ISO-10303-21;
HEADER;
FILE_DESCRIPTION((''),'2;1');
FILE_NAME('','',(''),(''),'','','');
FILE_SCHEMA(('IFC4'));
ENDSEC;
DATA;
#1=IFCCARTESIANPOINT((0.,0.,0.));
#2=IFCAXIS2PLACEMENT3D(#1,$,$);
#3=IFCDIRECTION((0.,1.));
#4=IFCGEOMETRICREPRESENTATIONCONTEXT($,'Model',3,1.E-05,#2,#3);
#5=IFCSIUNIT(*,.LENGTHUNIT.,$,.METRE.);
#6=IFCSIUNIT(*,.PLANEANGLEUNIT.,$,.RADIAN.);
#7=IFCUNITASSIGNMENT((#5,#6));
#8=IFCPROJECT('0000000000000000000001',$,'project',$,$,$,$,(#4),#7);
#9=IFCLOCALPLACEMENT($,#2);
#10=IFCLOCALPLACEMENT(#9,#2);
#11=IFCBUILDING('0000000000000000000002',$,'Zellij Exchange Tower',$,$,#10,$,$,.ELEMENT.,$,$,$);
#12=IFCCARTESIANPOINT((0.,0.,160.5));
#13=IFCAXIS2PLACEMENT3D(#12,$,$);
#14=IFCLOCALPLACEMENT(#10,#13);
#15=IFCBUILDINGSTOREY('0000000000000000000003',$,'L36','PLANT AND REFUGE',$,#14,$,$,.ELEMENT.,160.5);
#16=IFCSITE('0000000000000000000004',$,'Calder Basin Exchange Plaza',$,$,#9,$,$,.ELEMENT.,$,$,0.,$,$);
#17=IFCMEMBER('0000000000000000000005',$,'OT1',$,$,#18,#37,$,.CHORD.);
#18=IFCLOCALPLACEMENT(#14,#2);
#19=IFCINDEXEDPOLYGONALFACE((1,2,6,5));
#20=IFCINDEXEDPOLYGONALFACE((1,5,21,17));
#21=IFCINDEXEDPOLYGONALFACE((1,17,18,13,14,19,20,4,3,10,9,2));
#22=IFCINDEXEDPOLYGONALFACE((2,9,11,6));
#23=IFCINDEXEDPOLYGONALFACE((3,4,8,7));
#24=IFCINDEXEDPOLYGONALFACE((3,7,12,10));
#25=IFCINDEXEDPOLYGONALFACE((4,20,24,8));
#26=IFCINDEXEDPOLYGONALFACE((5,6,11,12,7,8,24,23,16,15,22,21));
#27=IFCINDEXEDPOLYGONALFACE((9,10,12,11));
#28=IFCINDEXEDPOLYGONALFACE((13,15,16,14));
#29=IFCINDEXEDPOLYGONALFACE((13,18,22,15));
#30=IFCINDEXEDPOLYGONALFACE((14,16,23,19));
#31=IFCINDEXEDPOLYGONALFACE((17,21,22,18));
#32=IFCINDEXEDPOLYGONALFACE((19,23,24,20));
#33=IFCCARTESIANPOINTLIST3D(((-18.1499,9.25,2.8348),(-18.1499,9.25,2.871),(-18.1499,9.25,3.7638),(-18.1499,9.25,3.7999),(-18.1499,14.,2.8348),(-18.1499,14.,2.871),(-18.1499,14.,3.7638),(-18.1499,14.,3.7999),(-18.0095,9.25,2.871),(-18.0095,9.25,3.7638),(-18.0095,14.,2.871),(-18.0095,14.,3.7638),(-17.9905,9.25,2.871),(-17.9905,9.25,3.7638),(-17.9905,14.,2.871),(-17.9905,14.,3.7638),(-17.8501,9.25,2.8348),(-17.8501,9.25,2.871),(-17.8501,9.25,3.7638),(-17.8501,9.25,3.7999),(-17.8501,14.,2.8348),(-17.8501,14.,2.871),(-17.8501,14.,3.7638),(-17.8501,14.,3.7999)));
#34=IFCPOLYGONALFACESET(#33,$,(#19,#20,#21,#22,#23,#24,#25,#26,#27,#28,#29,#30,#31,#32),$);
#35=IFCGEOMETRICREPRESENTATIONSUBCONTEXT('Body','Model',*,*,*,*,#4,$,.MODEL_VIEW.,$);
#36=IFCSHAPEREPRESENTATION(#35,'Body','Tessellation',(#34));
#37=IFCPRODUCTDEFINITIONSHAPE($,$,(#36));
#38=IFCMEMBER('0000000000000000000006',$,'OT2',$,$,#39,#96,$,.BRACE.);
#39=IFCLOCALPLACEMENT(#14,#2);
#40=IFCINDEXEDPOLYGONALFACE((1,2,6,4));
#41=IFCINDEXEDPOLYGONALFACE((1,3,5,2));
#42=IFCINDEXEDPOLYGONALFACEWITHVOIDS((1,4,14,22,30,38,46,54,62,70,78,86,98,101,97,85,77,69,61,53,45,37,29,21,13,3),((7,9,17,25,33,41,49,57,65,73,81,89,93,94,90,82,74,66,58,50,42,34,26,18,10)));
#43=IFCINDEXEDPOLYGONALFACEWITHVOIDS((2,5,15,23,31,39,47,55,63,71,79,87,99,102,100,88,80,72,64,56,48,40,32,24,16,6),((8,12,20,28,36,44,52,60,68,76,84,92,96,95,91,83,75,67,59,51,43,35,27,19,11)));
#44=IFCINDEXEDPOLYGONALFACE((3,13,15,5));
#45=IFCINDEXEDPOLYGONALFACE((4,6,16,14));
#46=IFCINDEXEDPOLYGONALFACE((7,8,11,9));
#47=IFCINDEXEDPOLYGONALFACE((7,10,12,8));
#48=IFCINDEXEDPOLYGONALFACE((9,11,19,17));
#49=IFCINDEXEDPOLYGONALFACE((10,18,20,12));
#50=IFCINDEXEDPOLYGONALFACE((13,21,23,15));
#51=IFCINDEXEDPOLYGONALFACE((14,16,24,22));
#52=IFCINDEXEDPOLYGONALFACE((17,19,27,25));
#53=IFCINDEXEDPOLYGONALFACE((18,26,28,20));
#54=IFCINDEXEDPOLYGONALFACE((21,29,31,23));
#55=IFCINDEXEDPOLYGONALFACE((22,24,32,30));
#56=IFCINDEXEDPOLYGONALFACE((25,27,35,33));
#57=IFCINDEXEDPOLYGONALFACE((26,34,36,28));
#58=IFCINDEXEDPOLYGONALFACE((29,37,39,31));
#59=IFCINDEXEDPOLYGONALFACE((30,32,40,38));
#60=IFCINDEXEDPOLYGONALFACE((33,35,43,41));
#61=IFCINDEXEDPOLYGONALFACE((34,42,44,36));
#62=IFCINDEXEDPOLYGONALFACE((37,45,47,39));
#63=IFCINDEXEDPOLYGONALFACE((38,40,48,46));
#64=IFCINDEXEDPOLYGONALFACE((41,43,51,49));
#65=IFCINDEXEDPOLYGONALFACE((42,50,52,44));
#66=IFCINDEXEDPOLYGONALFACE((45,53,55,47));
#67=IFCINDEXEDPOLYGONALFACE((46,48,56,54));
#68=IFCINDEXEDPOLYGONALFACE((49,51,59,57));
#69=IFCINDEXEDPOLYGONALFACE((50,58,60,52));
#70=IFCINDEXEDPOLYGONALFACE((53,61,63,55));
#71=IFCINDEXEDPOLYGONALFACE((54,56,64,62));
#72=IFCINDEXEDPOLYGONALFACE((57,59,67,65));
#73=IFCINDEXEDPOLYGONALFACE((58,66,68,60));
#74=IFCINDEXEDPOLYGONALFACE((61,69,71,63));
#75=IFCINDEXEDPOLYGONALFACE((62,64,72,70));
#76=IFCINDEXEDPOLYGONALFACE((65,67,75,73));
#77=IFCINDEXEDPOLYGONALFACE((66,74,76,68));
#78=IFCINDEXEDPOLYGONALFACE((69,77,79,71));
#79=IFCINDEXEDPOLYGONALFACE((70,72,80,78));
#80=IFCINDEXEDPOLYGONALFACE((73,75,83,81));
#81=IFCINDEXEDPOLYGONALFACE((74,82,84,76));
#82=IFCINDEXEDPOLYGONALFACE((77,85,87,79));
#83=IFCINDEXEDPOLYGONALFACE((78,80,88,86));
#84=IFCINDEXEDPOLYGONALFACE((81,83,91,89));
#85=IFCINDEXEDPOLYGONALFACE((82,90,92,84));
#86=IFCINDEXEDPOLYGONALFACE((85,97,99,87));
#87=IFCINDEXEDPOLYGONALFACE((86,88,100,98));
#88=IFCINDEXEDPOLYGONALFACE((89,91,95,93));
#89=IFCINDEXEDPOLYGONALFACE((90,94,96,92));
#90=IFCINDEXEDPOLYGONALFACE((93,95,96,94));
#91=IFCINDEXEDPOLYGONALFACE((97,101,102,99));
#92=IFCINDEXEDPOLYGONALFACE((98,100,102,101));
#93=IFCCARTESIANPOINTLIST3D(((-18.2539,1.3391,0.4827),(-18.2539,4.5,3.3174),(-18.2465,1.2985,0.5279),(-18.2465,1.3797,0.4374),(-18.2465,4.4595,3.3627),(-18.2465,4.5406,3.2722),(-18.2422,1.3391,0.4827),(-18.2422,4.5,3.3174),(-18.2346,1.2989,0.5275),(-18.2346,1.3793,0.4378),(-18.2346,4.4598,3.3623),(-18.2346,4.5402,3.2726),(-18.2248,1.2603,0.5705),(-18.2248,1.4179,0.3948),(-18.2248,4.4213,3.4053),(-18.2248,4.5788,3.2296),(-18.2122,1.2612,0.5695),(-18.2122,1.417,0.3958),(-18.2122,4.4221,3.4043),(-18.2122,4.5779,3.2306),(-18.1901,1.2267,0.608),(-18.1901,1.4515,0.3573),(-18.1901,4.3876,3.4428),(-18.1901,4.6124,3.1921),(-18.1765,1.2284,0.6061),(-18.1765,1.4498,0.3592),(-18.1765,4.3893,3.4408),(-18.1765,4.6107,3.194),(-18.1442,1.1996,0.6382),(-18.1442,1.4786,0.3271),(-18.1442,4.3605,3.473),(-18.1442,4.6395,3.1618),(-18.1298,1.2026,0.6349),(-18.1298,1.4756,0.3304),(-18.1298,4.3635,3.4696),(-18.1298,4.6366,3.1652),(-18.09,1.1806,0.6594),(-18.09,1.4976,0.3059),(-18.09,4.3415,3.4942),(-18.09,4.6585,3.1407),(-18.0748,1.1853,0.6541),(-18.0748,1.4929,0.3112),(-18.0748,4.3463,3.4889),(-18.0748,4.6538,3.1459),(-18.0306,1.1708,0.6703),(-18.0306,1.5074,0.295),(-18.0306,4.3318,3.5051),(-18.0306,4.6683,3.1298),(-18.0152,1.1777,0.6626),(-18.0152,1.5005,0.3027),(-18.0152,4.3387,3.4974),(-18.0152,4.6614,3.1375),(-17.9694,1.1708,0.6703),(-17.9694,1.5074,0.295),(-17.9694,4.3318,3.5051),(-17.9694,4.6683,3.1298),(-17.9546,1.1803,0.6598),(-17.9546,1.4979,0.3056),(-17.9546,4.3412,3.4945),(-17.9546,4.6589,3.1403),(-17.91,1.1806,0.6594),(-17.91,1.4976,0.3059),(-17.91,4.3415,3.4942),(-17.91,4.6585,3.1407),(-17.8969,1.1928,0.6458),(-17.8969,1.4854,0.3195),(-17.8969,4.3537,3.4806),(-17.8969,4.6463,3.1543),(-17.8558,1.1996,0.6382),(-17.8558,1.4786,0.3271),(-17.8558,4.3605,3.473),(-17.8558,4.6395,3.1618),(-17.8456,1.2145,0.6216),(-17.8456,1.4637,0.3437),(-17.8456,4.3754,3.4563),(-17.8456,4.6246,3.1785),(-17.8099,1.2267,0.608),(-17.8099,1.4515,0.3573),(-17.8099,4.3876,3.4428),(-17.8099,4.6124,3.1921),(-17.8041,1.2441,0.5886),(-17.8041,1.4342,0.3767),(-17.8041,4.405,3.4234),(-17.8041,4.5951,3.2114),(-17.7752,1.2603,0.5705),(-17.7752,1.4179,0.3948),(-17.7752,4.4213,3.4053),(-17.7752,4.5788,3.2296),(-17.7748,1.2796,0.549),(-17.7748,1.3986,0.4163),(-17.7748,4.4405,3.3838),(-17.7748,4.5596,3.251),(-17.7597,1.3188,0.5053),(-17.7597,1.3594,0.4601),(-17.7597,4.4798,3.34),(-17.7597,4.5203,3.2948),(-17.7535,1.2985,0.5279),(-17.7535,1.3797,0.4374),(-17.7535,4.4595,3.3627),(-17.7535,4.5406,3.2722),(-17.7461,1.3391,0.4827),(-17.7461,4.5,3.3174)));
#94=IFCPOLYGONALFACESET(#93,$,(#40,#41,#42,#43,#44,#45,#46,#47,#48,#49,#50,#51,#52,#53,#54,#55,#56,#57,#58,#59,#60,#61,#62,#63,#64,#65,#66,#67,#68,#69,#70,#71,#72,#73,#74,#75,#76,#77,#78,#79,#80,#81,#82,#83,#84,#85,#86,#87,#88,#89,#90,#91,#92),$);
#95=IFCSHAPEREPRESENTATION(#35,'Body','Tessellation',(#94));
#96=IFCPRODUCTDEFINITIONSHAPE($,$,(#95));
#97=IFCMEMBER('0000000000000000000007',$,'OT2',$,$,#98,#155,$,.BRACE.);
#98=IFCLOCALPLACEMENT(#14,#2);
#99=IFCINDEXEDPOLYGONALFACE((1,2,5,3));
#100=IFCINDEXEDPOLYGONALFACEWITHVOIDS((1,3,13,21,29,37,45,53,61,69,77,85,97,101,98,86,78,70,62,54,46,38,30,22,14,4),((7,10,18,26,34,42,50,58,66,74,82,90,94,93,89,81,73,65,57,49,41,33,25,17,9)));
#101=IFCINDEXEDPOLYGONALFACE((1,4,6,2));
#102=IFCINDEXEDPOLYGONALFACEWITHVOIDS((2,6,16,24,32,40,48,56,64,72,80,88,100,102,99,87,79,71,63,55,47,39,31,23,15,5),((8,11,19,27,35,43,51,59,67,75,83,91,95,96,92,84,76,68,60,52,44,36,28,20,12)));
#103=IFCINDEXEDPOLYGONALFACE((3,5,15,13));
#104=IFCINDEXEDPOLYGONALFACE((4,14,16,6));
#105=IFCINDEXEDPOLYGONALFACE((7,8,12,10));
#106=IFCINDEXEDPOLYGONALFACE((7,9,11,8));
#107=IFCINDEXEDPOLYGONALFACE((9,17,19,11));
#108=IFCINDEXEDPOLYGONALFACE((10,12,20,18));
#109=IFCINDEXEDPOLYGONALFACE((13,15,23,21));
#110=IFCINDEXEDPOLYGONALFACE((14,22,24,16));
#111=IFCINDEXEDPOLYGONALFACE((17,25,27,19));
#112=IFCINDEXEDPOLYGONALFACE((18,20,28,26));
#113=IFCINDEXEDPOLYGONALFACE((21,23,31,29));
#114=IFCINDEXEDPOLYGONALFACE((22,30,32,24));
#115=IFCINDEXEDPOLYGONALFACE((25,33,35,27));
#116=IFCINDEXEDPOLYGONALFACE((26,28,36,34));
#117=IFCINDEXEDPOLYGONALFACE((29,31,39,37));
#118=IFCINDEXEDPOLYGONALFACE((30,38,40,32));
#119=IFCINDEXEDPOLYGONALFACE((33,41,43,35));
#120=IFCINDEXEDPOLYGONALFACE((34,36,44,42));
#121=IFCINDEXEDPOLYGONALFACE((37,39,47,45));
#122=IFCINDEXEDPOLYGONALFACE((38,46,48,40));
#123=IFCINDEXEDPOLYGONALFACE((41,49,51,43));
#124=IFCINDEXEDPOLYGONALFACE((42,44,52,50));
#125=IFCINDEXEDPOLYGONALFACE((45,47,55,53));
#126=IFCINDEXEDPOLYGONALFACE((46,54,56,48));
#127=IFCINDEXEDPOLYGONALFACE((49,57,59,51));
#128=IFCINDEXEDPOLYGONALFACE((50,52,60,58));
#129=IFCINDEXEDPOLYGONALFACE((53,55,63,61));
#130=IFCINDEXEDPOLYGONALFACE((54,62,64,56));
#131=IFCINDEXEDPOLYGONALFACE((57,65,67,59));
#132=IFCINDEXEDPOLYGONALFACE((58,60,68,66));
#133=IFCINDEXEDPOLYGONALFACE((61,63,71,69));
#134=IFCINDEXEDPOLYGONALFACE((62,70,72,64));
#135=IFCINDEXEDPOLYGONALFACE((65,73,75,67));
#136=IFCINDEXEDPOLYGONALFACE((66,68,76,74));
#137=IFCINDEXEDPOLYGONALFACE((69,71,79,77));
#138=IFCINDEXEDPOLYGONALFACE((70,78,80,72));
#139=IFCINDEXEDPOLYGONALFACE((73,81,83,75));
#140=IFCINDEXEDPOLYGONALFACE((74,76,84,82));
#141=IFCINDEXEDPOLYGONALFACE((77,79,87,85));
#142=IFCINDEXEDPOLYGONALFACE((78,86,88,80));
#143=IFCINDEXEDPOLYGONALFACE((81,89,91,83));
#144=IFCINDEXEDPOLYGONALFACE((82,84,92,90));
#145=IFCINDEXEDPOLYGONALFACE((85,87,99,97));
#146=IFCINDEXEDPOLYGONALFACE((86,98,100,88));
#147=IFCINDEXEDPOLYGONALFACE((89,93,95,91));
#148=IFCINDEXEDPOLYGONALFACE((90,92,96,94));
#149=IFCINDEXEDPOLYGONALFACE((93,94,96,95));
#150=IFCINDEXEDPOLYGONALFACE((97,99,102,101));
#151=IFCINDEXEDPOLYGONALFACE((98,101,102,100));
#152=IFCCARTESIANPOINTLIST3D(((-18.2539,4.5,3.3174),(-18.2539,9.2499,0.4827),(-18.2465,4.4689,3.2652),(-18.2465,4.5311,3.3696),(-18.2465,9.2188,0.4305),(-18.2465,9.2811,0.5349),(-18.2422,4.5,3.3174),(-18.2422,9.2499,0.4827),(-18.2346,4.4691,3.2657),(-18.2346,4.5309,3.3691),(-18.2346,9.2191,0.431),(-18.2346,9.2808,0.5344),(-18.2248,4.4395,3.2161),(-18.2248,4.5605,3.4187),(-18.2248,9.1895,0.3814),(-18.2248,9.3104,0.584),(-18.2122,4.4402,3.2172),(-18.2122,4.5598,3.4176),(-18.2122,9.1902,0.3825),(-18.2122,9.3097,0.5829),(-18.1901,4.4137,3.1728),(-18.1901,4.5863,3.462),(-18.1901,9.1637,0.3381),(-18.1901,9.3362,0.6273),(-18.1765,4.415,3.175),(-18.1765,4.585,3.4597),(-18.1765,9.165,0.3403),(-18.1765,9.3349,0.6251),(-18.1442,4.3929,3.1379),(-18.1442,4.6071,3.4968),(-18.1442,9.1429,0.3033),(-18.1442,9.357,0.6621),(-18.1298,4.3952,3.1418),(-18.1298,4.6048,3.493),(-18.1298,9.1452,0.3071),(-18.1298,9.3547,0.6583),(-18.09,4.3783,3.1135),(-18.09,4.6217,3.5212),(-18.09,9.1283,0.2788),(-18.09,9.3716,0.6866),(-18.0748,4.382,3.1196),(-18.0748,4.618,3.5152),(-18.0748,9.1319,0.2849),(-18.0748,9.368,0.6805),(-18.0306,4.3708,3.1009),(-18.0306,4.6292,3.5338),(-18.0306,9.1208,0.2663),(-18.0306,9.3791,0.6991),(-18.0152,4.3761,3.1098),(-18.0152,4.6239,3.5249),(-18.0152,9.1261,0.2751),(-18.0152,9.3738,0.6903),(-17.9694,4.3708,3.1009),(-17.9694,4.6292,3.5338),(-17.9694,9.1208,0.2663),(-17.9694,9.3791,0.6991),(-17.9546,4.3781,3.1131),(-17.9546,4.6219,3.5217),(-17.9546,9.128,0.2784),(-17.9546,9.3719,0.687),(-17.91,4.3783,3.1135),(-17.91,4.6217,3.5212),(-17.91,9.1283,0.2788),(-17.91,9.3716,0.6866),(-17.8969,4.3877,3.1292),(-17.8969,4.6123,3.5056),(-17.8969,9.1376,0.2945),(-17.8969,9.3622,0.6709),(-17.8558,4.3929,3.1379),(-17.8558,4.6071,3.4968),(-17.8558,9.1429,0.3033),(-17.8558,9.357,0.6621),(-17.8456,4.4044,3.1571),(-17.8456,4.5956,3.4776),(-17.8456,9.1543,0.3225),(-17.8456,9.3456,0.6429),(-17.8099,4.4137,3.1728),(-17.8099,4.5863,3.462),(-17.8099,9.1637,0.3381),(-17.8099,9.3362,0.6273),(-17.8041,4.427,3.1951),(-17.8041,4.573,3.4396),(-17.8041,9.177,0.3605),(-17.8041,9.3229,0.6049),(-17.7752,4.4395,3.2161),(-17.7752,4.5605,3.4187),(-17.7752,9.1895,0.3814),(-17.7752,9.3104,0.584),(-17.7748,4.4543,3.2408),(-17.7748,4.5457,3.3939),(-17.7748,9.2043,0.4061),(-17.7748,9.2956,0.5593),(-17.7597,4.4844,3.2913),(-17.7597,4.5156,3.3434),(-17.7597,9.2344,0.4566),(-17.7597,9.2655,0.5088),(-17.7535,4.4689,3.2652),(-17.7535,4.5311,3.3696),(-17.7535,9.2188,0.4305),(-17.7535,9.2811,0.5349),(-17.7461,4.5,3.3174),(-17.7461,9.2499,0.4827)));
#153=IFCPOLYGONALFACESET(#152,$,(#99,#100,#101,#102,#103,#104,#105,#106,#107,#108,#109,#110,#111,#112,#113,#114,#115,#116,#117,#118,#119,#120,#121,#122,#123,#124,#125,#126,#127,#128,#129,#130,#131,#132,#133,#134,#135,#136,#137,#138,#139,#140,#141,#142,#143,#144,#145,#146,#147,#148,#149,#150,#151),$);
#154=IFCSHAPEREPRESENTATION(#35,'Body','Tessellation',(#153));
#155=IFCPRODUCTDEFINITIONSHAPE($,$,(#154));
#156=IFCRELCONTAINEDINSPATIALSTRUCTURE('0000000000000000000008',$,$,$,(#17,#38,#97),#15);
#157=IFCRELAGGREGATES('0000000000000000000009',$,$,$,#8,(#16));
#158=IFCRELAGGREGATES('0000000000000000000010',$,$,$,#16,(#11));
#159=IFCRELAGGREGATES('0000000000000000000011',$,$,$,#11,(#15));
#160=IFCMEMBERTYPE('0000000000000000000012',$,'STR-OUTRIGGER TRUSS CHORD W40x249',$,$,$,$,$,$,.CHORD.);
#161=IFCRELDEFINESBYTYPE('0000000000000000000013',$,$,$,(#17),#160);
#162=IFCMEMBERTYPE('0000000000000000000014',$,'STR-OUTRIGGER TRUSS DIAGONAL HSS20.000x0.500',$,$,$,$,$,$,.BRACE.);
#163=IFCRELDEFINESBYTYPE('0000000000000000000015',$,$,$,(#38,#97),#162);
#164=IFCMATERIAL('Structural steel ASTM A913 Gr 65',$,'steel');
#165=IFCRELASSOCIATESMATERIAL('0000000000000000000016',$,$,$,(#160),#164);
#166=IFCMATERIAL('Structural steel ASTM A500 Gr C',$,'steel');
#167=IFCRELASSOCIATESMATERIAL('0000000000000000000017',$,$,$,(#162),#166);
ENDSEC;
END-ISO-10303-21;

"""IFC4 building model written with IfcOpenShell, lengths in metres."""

from ifc_helpers import new_model, si_unit, direction, frame, origin, origin_2d, place, context, subcontext, project, spatial, hollow_circle, i_section, extrude, material, material_profile, profile_set, type_object, element, save


model = new_model("IFC4")

# Units and contexts
model_context = context("Model", 3, precision=1e-05, world=origin(), true_north=direction((0.0, 1.0)))
body_context = subcontext(model_context, "Body", "Model", "MODEL_VIEW")
ifc_project = project(units=[si_unit("LENGTHUNIT", "METRE"), si_unit("PLANEANGLEUNIT", "RADIAN")], contexts=[model_context])

# Site, building, storey
site_placement = place(None, origin())
site = spatial("IfcSite", under=ifc_project, at=site_placement, Name="Calder Basin Exchange Plaza", CompositionType="ELEMENT", RefElevation=0.0)
building_placement = place(site_placement, origin())
building = spatial("IfcBuilding", under=site, at=building_placement, Name="Zellij Exchange Tower", CompositionType="ELEMENT")
storey_placement = place(building_placement, frame((0.0, 0.0, 160.5)))
storey = spatial("IfcBuildingStorey", under=building, at=storey_placement, Name="L36", Description="PLANT AND REFUGE", CompositionType="ELEMENT", Elevation=160.5)

# Shared definitions
ifc_material_1 = material(Name="Structural steel ASTM A913 Gr 65", Category="steel")

# Members
ifc_material_profile_1 = material_profile(ifc_material_1, i_section(OverallWidth=0.2998, OverallDepth=0.9651, WebThickness=0.019, FlangeThickness=0.0361, at=origin_2d()), Name="W40x249")
ifc_profile_set_1 = profile_set([ifc_material_profile_1], Name="Structural steel ASTM A913 Gr 65")
member_type_1 = type_object("IfcMemberType", Name="STR-OUTRIGGER TRUSS CHORD W40x249", PredefinedType="CHORD", material=ifc_profile_set_1)
for number, where, z_axis, x_axis, name in (
    (1, (-18.0, 9.25, 3.3174), (0.0, 1.0, 0.0), (-1.0, 0.0, 0.0), "OT1"),
):
    element("IfcMember", number, at=place(storey_placement, frame(where, z_axis=z_axis, x_axis=x_axis)), inside=storey, type_object=member_type_1, Name=name, PredefinedType="CHORD", context=body_context, shape_type="SweptSolid", body=[
        extrude(i_section(OverallWidth=0.2998, OverallDepth=0.9651, WebThickness=0.019, FlangeThickness=0.0361, at=origin_2d()), origin(), (0.0, 0.0, 1.0), 4.75),
    ])
ifc_material_2 = material(Name="Structural steel ASTM A500 Gr C", Category="steel")
ifc_material_profile_2 = material_profile(ifc_material_2, hollow_circle(Radius=0.2539, WallThickness=0.0117, at=origin_2d()), Name="STR-OUTRIGGER TRUSS DIAGONAL HSS20.000x0.500")
ifc_profile_set_2 = profile_set([ifc_material_profile_2], Name="Structural steel ASTM A500 Gr C")
member_type_2 = type_object("IfcMemberType", Name="STR-OUTRIGGER TRUSS DIAGONAL HSS20.000x0.500", PredefinedType="BRACE", material=ifc_profile_set_2)
member_1_placement = place(storey_placement, frame((-18.0, 1.3391, 0.4827), z_axis=(0.0, 0.744474, 0.667652), x_axis=(-1.0, 0.0, 0.0)))
element("IfcMember", 2, at=member_1_placement, inside=storey, type_object=member_type_2, Name="OT2", PredefinedType="BRACE", context=body_context, shape_type="SweptSolid", body=[
    extrude(hollow_circle(Radius=0.2539, WallThickness=0.0117, at=origin_2d()), origin(), (0.0, 0.0, 1.0), 4.2458),
])
member_2_placement = place(storey_placement, frame((-18.0, 4.5, 3.3174), z_axis=(0.0, 0.858709, -0.512463), x_axis=(-1.0, 0.0, 0.0)))
element("IfcMember", 3, at=member_2_placement, inside=storey, type_object=member_type_2, Name="OT2", PredefinedType="BRACE", context=body_context, shape_type="SweptSolid", body=[
    extrude(hollow_circle(Radius=0.2539, WallThickness=0.0117, at=origin_2d()), origin(), (0.0, 0.0, 1.0), 5.5315),
])

save(model, "model.ifc")
